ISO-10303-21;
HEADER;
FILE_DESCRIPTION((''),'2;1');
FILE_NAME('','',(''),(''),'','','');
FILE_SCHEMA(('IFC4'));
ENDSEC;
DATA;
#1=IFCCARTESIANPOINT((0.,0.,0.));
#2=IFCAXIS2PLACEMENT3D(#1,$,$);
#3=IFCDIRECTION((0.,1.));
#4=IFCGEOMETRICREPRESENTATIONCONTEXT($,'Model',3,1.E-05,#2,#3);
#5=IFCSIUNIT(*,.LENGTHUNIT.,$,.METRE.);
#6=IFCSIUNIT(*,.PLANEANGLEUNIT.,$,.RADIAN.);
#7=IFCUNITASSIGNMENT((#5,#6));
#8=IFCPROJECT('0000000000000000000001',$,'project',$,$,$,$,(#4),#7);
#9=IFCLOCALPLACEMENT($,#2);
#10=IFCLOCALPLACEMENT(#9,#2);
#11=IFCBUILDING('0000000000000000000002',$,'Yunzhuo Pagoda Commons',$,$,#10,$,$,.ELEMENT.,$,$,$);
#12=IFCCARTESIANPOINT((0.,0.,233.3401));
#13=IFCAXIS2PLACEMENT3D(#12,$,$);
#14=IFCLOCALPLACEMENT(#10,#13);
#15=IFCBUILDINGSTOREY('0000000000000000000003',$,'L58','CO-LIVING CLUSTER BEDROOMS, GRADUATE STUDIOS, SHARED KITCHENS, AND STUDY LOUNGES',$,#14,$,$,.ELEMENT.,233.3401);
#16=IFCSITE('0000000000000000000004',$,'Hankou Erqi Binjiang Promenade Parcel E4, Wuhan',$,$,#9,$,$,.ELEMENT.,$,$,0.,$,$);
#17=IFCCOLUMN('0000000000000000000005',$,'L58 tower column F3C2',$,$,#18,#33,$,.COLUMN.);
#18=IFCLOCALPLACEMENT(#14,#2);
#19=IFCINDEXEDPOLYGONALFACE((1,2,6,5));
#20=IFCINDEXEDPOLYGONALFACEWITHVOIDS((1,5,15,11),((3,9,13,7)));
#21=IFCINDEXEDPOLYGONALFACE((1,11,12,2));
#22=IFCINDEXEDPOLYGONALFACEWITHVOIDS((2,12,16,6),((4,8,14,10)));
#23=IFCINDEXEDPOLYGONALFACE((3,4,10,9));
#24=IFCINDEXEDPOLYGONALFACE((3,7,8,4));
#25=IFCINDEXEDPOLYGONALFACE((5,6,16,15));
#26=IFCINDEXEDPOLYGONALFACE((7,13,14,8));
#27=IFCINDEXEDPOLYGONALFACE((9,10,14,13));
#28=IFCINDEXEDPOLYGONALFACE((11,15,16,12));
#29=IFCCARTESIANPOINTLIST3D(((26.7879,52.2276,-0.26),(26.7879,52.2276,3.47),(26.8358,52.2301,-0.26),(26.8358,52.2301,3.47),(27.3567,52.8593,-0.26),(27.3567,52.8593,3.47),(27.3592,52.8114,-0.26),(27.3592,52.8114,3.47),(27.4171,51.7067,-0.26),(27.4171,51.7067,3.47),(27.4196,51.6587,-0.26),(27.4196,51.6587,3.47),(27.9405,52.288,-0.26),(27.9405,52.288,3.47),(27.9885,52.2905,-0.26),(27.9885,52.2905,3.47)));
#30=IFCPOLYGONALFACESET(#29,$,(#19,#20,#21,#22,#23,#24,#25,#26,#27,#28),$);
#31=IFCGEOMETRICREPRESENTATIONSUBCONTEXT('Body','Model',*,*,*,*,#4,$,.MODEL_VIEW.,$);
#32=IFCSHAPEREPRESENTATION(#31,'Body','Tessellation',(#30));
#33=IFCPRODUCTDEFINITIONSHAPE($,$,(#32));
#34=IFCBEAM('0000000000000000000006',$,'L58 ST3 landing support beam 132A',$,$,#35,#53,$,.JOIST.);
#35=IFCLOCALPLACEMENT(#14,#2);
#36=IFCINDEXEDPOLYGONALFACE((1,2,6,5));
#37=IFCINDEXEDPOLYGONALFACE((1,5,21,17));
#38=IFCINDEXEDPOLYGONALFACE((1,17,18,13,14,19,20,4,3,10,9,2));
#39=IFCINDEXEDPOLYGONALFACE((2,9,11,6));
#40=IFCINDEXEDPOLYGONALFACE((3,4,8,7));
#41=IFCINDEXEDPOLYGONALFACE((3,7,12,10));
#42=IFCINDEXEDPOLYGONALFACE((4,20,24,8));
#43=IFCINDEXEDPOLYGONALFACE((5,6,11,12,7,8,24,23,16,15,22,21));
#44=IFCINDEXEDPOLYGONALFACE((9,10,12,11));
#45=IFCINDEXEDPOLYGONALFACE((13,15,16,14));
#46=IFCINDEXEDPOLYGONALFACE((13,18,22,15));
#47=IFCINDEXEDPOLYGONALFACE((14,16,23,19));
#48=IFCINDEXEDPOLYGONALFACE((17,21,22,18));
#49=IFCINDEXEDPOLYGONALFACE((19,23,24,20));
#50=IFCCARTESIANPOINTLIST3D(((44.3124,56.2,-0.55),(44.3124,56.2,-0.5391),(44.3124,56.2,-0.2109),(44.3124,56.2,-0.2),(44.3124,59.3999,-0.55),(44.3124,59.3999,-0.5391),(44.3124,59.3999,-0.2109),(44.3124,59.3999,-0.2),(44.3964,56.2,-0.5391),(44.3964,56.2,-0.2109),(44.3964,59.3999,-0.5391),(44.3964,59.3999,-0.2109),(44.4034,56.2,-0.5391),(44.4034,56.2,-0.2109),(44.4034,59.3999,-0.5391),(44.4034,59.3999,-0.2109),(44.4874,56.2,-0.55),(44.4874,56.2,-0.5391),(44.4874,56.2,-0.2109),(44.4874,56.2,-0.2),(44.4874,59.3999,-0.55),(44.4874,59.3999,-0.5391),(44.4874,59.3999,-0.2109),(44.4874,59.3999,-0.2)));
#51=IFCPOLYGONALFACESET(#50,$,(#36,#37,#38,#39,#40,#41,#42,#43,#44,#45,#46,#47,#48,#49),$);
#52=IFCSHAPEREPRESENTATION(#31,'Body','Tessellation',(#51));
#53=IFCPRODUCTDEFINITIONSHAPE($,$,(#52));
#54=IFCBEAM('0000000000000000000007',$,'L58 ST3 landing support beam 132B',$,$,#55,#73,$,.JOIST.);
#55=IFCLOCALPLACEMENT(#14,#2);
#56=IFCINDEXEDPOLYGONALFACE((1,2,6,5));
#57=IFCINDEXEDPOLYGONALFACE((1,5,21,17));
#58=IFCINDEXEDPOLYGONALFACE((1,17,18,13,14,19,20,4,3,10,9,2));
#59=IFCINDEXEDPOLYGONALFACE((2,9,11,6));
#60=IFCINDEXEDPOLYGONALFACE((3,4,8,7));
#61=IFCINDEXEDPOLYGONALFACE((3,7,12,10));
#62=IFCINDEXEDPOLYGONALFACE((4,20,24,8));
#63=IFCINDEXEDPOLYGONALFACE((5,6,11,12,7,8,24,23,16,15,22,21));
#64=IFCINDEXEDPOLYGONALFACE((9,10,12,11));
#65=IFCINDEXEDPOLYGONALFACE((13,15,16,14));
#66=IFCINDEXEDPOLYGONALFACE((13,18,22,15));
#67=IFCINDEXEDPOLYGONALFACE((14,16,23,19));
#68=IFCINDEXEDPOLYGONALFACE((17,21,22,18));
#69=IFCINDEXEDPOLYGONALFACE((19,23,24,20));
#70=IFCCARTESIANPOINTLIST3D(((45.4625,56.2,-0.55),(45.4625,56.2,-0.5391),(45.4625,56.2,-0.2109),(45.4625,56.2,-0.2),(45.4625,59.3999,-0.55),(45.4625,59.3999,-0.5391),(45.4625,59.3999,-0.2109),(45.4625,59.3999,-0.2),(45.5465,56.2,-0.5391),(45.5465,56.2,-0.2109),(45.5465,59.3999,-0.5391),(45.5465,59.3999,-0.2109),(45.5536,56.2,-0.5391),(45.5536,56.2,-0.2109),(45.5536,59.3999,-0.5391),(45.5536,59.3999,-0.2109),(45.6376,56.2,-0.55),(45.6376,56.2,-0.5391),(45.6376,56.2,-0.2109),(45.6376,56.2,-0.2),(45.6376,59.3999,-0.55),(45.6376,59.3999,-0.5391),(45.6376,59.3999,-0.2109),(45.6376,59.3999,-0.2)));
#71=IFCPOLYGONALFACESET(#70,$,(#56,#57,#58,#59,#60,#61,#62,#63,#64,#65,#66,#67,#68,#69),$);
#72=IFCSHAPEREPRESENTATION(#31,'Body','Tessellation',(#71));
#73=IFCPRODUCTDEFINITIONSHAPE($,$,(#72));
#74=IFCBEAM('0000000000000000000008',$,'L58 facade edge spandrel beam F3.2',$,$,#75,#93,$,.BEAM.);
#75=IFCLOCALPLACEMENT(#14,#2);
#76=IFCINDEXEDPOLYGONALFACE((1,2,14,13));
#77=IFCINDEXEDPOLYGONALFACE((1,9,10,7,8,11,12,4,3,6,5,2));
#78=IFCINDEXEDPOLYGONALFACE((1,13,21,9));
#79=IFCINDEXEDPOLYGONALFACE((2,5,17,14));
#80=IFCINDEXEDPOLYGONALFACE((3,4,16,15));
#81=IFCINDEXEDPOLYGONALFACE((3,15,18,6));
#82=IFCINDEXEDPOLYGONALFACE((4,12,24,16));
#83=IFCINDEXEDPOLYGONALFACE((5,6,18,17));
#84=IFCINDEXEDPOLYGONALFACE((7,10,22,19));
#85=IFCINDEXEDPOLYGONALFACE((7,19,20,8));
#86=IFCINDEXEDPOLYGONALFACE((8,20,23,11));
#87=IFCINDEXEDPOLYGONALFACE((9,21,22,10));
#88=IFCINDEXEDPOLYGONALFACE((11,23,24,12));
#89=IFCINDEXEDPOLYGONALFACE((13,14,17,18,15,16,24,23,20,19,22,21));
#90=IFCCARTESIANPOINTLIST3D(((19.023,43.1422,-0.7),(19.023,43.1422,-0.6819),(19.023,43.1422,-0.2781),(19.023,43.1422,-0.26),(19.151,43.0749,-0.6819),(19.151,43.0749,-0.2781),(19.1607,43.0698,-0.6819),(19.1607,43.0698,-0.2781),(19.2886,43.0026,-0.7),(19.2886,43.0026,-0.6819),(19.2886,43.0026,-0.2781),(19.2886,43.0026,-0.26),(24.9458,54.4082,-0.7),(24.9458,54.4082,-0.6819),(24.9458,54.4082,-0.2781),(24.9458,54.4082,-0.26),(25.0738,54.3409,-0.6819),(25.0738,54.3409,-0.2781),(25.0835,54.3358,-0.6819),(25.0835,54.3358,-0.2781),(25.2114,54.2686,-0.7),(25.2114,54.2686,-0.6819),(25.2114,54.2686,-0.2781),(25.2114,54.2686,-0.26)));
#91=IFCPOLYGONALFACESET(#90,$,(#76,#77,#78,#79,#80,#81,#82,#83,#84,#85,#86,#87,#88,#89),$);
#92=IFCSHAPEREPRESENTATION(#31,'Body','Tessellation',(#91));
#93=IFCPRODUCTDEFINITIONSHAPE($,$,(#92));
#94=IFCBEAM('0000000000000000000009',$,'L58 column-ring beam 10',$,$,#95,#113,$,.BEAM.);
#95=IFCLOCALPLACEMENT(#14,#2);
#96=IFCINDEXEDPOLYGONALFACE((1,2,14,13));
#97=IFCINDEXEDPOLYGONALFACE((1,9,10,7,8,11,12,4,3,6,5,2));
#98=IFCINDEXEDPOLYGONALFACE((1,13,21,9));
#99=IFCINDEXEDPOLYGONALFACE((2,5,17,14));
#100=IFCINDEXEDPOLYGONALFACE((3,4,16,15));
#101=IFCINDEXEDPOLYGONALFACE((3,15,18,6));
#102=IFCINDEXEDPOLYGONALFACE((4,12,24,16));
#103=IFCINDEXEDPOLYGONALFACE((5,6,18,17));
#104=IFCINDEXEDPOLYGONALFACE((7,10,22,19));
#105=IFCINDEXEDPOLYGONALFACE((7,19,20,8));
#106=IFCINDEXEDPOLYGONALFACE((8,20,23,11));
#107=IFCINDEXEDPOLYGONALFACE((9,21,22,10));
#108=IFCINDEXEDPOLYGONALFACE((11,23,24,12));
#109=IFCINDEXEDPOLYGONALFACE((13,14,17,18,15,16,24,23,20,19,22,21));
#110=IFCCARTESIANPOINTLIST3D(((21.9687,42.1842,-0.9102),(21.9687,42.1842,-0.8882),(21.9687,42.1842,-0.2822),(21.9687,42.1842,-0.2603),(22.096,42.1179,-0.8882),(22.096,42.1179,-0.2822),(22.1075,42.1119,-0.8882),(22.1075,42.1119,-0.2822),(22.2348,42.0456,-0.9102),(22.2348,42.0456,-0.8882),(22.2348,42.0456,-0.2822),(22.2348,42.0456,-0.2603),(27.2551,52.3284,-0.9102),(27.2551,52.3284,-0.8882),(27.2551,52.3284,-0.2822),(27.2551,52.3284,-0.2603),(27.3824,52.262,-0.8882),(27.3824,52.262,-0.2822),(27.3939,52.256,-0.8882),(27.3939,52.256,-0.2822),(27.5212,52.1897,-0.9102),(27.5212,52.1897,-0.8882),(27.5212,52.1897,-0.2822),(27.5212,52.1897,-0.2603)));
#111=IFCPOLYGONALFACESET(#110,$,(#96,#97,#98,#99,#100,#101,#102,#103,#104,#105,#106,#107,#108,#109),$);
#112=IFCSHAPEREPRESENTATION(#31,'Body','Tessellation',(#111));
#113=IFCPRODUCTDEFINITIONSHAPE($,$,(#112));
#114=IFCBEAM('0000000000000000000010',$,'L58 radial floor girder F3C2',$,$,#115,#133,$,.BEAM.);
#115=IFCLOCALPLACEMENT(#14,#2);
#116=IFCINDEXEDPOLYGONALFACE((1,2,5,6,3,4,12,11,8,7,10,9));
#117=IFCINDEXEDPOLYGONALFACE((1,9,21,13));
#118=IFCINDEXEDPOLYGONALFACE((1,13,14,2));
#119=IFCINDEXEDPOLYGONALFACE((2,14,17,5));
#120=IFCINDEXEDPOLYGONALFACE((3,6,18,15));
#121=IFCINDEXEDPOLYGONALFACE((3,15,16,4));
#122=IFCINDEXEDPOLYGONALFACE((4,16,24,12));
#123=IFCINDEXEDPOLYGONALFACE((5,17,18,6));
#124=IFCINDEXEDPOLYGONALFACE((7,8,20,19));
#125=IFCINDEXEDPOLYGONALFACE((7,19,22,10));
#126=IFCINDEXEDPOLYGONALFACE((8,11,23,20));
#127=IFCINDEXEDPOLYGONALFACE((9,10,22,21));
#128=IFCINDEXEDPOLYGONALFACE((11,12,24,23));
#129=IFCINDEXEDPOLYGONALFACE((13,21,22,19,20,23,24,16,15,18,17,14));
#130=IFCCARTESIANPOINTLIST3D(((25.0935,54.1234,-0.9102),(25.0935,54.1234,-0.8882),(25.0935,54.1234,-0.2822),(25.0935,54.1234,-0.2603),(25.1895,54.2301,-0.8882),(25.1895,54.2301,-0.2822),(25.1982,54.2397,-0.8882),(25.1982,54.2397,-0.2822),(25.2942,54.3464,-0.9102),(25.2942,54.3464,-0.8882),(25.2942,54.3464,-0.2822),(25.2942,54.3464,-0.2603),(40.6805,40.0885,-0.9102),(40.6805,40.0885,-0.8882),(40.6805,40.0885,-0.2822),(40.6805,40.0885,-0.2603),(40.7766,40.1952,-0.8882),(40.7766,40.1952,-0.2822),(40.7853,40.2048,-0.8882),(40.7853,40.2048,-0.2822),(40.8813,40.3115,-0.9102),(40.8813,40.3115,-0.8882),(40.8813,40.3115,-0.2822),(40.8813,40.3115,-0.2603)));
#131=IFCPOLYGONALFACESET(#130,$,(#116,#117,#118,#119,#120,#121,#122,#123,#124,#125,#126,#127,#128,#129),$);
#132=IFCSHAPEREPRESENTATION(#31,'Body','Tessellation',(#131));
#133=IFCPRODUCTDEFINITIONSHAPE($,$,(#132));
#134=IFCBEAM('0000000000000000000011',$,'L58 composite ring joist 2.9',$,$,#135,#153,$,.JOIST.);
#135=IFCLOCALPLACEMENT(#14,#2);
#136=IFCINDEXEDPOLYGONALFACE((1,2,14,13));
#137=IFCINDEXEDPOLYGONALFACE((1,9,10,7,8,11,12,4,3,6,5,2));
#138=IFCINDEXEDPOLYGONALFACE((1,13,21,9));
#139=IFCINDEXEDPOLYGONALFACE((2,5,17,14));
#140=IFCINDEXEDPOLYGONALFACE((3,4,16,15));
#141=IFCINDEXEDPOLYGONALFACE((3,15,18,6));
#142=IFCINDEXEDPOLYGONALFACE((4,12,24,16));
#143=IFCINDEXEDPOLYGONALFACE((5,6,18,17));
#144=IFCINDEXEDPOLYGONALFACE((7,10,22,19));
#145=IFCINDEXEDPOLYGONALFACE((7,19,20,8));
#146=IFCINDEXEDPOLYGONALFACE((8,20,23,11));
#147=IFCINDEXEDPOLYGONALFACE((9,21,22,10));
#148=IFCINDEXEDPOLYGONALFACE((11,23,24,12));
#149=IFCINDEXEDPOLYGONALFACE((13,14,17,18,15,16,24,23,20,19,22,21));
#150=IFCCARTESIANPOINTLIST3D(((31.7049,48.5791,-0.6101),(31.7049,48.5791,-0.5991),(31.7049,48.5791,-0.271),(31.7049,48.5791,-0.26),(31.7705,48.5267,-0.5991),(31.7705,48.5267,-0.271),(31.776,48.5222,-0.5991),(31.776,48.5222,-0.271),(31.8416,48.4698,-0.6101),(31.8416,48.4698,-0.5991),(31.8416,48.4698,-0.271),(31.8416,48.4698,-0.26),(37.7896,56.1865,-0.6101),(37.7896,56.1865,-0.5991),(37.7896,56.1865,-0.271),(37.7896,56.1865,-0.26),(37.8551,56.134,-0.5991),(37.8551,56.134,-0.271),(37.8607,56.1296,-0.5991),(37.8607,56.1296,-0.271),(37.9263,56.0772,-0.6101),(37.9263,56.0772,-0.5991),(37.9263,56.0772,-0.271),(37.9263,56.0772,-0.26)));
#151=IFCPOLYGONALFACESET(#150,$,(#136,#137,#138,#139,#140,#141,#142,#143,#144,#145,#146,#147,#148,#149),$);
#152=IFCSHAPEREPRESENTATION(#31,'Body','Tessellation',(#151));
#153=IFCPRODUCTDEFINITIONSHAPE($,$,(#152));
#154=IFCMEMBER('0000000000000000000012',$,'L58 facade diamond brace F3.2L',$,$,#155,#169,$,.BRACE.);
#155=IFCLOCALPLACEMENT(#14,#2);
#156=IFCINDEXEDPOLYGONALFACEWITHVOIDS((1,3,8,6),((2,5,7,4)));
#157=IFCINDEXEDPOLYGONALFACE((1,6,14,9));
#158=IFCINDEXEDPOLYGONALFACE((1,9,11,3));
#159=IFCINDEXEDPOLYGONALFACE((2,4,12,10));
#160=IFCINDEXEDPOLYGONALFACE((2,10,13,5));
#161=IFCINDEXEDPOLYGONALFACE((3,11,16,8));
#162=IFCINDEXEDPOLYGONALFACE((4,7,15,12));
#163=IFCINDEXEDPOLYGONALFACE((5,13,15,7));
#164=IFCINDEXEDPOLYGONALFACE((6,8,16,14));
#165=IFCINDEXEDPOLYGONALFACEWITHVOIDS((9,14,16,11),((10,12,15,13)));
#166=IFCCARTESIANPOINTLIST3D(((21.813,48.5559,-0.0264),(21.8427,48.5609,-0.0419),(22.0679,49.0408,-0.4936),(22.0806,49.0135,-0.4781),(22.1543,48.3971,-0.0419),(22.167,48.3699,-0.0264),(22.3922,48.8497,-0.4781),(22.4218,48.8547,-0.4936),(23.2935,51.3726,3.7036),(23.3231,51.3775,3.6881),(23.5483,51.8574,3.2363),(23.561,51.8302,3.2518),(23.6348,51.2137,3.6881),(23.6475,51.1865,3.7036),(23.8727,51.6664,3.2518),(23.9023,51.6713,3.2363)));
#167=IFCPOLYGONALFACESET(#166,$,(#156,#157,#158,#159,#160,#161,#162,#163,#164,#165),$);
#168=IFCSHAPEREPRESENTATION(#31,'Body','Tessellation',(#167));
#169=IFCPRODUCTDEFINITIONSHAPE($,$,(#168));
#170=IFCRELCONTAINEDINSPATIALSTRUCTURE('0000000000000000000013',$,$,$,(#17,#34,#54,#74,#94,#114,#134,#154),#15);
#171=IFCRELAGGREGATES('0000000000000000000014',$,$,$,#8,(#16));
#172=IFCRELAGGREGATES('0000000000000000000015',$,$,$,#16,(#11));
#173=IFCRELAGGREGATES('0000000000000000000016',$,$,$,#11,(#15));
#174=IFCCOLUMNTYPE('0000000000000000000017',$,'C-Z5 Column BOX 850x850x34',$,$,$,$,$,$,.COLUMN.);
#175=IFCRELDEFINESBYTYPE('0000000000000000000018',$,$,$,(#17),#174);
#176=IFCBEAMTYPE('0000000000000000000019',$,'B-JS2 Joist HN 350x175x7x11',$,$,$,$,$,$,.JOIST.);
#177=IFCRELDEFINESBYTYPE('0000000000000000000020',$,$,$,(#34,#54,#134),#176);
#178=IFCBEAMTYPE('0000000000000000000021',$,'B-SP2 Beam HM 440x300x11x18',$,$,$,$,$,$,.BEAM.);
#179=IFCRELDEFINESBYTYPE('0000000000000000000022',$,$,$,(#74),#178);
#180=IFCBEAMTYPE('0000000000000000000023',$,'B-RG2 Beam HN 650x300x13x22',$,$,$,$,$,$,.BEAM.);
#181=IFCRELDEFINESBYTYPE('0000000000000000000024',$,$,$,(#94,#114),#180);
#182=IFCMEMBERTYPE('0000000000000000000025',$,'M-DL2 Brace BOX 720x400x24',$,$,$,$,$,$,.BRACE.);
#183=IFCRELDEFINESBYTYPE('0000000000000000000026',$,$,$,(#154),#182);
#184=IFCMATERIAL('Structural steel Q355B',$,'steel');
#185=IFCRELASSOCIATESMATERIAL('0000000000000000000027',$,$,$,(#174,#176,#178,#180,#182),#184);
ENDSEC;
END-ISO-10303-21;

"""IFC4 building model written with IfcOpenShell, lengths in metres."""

from ifc_helpers import new_model, si_unit, direction, frame, origin, origin_2d, place, context, subcontext, project, spatial, hollow_rectangle, i_section, extrude, source, transform, mapped, material, material_profile, profile_set, type_object, element, save


model = new_model("IFC4")

# Units and contexts
model_context = context("Model", 3, precision=1e-05, world=origin(), true_north=direction((0.0, 1.0)))
body_context = subcontext(model_context, "Body", "Model", "MODEL_VIEW")
ifc_project = project(units=[si_unit("LENGTHUNIT", "METRE"), si_unit("PLANEANGLEUNIT", "RADIAN")], contexts=[model_context])

# Site, building, storey
site_placement = place(None, origin())
site = spatial("IfcSite", under=ifc_project, at=site_placement, Name="Hankou Erqi Binjiang Promenade Parcel E4, Wuhan", CompositionType="ELEMENT", RefElevation=0.0)
building_placement = place(site_placement, origin())
building = spatial("IfcBuilding", under=site, at=building_placement, Name="Yunzhuo Pagoda Commons", CompositionType="ELEMENT")
storey_placement = place(building_placement, frame((0.0, 0.0, 233.3401)))
storey = spatial("IfcBuildingStorey", under=building, at=storey_placement, Name="L58", Description="CO-LIVING CLUSTER BEDROOMS, GRADUATE STUDIOS, SHARED KITCHENS, AND STUDY LOUNGES", CompositionType="ELEMENT", Elevation=233.3401)

# Column
ifc_material_1 = material(Name="Structural steel Q355B", Category="steel")
ifc_material_profile_1 = material_profile(ifc_material_1, hollow_rectangle(XDim=0.8501, YDim=0.8501, WallThickness=0.0339, at=origin_2d()), Name="Structural steel Q355B")
ifc_profile_set_1 = profile_set([ifc_material_profile_1], Name="Structural steel Q355B")
column_type = type_object("IfcColumnType", Name="C-Z5 Column BOX 850x850x34", PredefinedType="COLUMN", material=ifc_profile_set_1)
shared_shape_1 = source(origin(), body_context, "Body", "SweptSolid", [
    extrude(hollow_rectangle(XDim=0.8501, YDim=0.8501, WallThickness=0.0339, at=origin_2d()), origin(), (0.0, 0.0, 1.0), 3.73),
])
column_placement = place(storey_placement, frame((27.3882, 52.259, -0.26), z_axis=(0.0, 0.0, 1.0), x_axis=(-0.669131, -0.743145, 0.0)))
element("IfcColumn", 1, at=column_placement, inside=storey, type_object=column_type, Name="L58 tower column F3C2", PredefinedType="COLUMN", context=body_context, shape_type="MappedRepresentation", body=[
    mapped(shared_shape_1, transform((0.0, 0.0, 0.0), scale=1.0)),
])

# Beams
ifc_material_profile_2 = material_profile(ifc_material_1, i_section(OverallWidth=0.175, OverallDepth=0.3501, WebThickness=0.0071, FlangeThickness=0.011, at=origin_2d()), Name="Structural steel Q355B")
ifc_profile_set_2 = profile_set([ifc_material_profile_2], Name="Structural steel Q355B")
beam_type_1 = type_object("IfcBeamType", Name="B-JS2 Joist HN 350x175x7x11", PredefinedType="JOIST", material=ifc_profile_set_2)
shared_shape_2 = source(origin(), body_context, "Body", "SweptSolid", [
    extrude(i_section(OverallWidth=0.175, OverallDepth=0.3501, WebThickness=0.0071, FlangeThickness=0.011, at=origin_2d()), origin(), (0.0, 0.0, 1.0), 3.2),
])
for number, where, z_axis, x_axis, name in (
    (2, (44.3999, 56.2, -0.375), (0.0, 1.0, 0.0), (-1.0, 0.0, 0.0), "L58 ST3 landing support beam 132A"),
    (3, (45.55, 56.2, -0.375), (0.0, 1.0, 0.0), (-1.0, 0.0, 0.0), "L58 ST3 landing support beam 132B"),
):
    element("IfcBeam", number, at=place(storey_placement, frame(where, z_axis=z_axis, x_axis=x_axis)), inside=storey, type_object=beam_type_1, Name=name, PredefinedType="JOIST", context=body_context, shape_type="MappedRepresentation", body=[
        mapped(shared_shape_2, transform((0.0, 0.0, 0.0), scale=1.0)),
    ])
ifc_material_profile_3 = material_profile(ifc_material_1, i_section(OverallWidth=0.3, OverallDepth=0.4399, WebThickness=0.011, FlangeThickness=0.0181, at=origin_2d()), Name="Structural steel Q355B")
ifc_profile_set_3 = profile_set([ifc_material_profile_3], Name="Structural steel Q355B")
beam_type_2 = type_object("IfcBeamType", Name="B-SP2 Beam HM 440x300x11x18", PredefinedType="BEAM", material=ifc_profile_set_3)
shared_shape_3 = source(origin(), body_context, "Body", "SweptSolid", [
    extrude(i_section(OverallWidth=0.3, OverallDepth=0.4399, WebThickness=0.011, FlangeThickness=0.0181, at=origin_2d()), origin(), (0.0, 0.0, 1.0), 12.728),
])
beam_1_placement = place(storey_placement, frame((25.0786, 54.3384, -0.48), z_axis=(-0.465335, -0.885134, 0.0), x_axis=(0.885134, -0.465335, 0.0)))
element("IfcBeam", 4, at=beam_1_placement, inside=storey, type_object=beam_type_2, Name="L58 facade edge spandrel beam F3.2", PredefinedType="BEAM", context=body_context, shape_type="MappedRepresentation", body=[
    mapped(shared_shape_3, transform((0.0, 0.0, 0.0), scale=1.0)),
])
ifc_material_profile_4 = material_profile(ifc_material_1, i_section(OverallWidth=0.3, OverallDepth=0.6499, WebThickness=0.0129, FlangeThickness=0.022, at=origin_2d()), Name="Structural steel Q355B")
ifc_profile_set_4 = profile_set([ifc_material_profile_4], Name="Structural steel Q355B")
beam_type_3 = type_object("IfcBeamType", Name="B-RG2 Beam HN 650x300x13x22", PredefinedType="BEAM", material=ifc_profile_set_4)
shared_shape_4 = source(origin(), body_context, "Body", "SweptSolid", [
    extrude(i_section(OverallWidth=0.3, OverallDepth=0.6499, WebThickness=0.0129, FlangeThickness=0.022, at=origin_2d()), origin(), (0.0, 0.0, 1.0), 11.439),
])
beam_2_placement = place(storey_placement, frame((27.3882, 52.259, -0.5852), z_axis=(-0.462142, -0.886806, 0.0), x_axis=(0.886806, -0.462142, 0.0)))
element("IfcBeam", 5, at=beam_2_placement, inside=storey, type_object=beam_type_3, Name="L58 column-ring beam 10", PredefinedType="BEAM", context=body_context, shape_type="MappedRepresentation", body=[
    mapped(shared_shape_4, transform((0.0, 0.0, 0.0), scale=1.0)),
])
shared_shape_5 = source(origin(), body_context, "Body", "SweptSolid", [
    extrude(i_section(OverallWidth=0.3, OverallDepth=0.6499, WebThickness=0.0129, FlangeThickness=0.022, at=origin_2d()), origin(), (0.0, 0.0, 1.0), 20.9746),
])
beam_3_placement = place(storey_placement, frame((25.1938, 54.2349, -0.5852), z_axis=(0.743141, -0.669135, 0.0), x_axis=(0.669135, 0.743141, 0.0)))
element("IfcBeam", 6, at=beam_3_placement, inside=storey, type_object=beam_type_3, Name="L58 radial floor girder F3C2", PredefinedType="BEAM", context=body_context, shape_type="MappedRepresentation", body=[
    mapped(shared_shape_5, transform((0.0, 0.0, 0.0), scale=1.0)),
])
shared_shape_6 = source(origin(), body_context, "Body", "SweptSolid", [
    extrude(i_section(OverallWidth=0.175, OverallDepth=0.3501, WebThickness=0.0071, FlangeThickness=0.011, at=origin_2d()), origin(), (0.0, 0.0, 1.0), 9.7415),
])
beam_4_placement = place(storey_placement, frame((37.8579, 56.1318, -0.4351), z_axis=(-0.624619, -0.78093, 0.0), x_axis=(0.78093, -0.624619, 0.0)))
element("IfcBeam", 7, at=beam_4_placement, inside=storey, type_object=beam_type_1, Name="L58 composite ring joist 2.9", PredefinedType="JOIST", context=body_context, shape_type="MappedRepresentation", body=[
    mapped(shared_shape_6, transform((0.0, 0.0, 0.0), scale=1.0)),
])

# Member
ifc_material_profile_5 = material_profile(ifc_material_1, hollow_rectangle(XDim=0.3999, YDim=0.72, WallThickness=0.0239, at=origin_2d()), Name="Structural steel Q355B")
ifc_profile_set_5 = profile_set([ifc_material_profile_5], Name="Structural steel Q355B")
member_type_1 = type_object("IfcMemberType", Name="M-DL2 Brace BOX 720x400x24", PredefinedType="BRACE", material=ifc_profile_set_5)
shared_shape_7 = source(origin(), body_context, "Body", "SweptSolid", [
    extrude(hollow_rectangle(XDim=0.3999, YDim=0.72, WallThickness=0.0239, at=origin_2d()), origin(), (0.0, 0.0, 1.0), 4.9028),
])
member_1_placement = place(storey_placement, frame((22.1174, 48.7053, -0.26), z_axis=(0.30196, 0.574491, 0.760776), x_axis=(-0.885174, 0.465259, 0.0)))
element("IfcMember", 8, at=member_1_placement, inside=storey, type_object=member_type_1, Name="L58 facade diamond brace F3.2L", PredefinedType="BRACE", context=body_context, shape_type="MappedRepresentation", body=[
    mapped(shared_shape_7, transform((0.0, 0.0, 0.0), scale=1.0)),
])

save(model, "model.ifc")
